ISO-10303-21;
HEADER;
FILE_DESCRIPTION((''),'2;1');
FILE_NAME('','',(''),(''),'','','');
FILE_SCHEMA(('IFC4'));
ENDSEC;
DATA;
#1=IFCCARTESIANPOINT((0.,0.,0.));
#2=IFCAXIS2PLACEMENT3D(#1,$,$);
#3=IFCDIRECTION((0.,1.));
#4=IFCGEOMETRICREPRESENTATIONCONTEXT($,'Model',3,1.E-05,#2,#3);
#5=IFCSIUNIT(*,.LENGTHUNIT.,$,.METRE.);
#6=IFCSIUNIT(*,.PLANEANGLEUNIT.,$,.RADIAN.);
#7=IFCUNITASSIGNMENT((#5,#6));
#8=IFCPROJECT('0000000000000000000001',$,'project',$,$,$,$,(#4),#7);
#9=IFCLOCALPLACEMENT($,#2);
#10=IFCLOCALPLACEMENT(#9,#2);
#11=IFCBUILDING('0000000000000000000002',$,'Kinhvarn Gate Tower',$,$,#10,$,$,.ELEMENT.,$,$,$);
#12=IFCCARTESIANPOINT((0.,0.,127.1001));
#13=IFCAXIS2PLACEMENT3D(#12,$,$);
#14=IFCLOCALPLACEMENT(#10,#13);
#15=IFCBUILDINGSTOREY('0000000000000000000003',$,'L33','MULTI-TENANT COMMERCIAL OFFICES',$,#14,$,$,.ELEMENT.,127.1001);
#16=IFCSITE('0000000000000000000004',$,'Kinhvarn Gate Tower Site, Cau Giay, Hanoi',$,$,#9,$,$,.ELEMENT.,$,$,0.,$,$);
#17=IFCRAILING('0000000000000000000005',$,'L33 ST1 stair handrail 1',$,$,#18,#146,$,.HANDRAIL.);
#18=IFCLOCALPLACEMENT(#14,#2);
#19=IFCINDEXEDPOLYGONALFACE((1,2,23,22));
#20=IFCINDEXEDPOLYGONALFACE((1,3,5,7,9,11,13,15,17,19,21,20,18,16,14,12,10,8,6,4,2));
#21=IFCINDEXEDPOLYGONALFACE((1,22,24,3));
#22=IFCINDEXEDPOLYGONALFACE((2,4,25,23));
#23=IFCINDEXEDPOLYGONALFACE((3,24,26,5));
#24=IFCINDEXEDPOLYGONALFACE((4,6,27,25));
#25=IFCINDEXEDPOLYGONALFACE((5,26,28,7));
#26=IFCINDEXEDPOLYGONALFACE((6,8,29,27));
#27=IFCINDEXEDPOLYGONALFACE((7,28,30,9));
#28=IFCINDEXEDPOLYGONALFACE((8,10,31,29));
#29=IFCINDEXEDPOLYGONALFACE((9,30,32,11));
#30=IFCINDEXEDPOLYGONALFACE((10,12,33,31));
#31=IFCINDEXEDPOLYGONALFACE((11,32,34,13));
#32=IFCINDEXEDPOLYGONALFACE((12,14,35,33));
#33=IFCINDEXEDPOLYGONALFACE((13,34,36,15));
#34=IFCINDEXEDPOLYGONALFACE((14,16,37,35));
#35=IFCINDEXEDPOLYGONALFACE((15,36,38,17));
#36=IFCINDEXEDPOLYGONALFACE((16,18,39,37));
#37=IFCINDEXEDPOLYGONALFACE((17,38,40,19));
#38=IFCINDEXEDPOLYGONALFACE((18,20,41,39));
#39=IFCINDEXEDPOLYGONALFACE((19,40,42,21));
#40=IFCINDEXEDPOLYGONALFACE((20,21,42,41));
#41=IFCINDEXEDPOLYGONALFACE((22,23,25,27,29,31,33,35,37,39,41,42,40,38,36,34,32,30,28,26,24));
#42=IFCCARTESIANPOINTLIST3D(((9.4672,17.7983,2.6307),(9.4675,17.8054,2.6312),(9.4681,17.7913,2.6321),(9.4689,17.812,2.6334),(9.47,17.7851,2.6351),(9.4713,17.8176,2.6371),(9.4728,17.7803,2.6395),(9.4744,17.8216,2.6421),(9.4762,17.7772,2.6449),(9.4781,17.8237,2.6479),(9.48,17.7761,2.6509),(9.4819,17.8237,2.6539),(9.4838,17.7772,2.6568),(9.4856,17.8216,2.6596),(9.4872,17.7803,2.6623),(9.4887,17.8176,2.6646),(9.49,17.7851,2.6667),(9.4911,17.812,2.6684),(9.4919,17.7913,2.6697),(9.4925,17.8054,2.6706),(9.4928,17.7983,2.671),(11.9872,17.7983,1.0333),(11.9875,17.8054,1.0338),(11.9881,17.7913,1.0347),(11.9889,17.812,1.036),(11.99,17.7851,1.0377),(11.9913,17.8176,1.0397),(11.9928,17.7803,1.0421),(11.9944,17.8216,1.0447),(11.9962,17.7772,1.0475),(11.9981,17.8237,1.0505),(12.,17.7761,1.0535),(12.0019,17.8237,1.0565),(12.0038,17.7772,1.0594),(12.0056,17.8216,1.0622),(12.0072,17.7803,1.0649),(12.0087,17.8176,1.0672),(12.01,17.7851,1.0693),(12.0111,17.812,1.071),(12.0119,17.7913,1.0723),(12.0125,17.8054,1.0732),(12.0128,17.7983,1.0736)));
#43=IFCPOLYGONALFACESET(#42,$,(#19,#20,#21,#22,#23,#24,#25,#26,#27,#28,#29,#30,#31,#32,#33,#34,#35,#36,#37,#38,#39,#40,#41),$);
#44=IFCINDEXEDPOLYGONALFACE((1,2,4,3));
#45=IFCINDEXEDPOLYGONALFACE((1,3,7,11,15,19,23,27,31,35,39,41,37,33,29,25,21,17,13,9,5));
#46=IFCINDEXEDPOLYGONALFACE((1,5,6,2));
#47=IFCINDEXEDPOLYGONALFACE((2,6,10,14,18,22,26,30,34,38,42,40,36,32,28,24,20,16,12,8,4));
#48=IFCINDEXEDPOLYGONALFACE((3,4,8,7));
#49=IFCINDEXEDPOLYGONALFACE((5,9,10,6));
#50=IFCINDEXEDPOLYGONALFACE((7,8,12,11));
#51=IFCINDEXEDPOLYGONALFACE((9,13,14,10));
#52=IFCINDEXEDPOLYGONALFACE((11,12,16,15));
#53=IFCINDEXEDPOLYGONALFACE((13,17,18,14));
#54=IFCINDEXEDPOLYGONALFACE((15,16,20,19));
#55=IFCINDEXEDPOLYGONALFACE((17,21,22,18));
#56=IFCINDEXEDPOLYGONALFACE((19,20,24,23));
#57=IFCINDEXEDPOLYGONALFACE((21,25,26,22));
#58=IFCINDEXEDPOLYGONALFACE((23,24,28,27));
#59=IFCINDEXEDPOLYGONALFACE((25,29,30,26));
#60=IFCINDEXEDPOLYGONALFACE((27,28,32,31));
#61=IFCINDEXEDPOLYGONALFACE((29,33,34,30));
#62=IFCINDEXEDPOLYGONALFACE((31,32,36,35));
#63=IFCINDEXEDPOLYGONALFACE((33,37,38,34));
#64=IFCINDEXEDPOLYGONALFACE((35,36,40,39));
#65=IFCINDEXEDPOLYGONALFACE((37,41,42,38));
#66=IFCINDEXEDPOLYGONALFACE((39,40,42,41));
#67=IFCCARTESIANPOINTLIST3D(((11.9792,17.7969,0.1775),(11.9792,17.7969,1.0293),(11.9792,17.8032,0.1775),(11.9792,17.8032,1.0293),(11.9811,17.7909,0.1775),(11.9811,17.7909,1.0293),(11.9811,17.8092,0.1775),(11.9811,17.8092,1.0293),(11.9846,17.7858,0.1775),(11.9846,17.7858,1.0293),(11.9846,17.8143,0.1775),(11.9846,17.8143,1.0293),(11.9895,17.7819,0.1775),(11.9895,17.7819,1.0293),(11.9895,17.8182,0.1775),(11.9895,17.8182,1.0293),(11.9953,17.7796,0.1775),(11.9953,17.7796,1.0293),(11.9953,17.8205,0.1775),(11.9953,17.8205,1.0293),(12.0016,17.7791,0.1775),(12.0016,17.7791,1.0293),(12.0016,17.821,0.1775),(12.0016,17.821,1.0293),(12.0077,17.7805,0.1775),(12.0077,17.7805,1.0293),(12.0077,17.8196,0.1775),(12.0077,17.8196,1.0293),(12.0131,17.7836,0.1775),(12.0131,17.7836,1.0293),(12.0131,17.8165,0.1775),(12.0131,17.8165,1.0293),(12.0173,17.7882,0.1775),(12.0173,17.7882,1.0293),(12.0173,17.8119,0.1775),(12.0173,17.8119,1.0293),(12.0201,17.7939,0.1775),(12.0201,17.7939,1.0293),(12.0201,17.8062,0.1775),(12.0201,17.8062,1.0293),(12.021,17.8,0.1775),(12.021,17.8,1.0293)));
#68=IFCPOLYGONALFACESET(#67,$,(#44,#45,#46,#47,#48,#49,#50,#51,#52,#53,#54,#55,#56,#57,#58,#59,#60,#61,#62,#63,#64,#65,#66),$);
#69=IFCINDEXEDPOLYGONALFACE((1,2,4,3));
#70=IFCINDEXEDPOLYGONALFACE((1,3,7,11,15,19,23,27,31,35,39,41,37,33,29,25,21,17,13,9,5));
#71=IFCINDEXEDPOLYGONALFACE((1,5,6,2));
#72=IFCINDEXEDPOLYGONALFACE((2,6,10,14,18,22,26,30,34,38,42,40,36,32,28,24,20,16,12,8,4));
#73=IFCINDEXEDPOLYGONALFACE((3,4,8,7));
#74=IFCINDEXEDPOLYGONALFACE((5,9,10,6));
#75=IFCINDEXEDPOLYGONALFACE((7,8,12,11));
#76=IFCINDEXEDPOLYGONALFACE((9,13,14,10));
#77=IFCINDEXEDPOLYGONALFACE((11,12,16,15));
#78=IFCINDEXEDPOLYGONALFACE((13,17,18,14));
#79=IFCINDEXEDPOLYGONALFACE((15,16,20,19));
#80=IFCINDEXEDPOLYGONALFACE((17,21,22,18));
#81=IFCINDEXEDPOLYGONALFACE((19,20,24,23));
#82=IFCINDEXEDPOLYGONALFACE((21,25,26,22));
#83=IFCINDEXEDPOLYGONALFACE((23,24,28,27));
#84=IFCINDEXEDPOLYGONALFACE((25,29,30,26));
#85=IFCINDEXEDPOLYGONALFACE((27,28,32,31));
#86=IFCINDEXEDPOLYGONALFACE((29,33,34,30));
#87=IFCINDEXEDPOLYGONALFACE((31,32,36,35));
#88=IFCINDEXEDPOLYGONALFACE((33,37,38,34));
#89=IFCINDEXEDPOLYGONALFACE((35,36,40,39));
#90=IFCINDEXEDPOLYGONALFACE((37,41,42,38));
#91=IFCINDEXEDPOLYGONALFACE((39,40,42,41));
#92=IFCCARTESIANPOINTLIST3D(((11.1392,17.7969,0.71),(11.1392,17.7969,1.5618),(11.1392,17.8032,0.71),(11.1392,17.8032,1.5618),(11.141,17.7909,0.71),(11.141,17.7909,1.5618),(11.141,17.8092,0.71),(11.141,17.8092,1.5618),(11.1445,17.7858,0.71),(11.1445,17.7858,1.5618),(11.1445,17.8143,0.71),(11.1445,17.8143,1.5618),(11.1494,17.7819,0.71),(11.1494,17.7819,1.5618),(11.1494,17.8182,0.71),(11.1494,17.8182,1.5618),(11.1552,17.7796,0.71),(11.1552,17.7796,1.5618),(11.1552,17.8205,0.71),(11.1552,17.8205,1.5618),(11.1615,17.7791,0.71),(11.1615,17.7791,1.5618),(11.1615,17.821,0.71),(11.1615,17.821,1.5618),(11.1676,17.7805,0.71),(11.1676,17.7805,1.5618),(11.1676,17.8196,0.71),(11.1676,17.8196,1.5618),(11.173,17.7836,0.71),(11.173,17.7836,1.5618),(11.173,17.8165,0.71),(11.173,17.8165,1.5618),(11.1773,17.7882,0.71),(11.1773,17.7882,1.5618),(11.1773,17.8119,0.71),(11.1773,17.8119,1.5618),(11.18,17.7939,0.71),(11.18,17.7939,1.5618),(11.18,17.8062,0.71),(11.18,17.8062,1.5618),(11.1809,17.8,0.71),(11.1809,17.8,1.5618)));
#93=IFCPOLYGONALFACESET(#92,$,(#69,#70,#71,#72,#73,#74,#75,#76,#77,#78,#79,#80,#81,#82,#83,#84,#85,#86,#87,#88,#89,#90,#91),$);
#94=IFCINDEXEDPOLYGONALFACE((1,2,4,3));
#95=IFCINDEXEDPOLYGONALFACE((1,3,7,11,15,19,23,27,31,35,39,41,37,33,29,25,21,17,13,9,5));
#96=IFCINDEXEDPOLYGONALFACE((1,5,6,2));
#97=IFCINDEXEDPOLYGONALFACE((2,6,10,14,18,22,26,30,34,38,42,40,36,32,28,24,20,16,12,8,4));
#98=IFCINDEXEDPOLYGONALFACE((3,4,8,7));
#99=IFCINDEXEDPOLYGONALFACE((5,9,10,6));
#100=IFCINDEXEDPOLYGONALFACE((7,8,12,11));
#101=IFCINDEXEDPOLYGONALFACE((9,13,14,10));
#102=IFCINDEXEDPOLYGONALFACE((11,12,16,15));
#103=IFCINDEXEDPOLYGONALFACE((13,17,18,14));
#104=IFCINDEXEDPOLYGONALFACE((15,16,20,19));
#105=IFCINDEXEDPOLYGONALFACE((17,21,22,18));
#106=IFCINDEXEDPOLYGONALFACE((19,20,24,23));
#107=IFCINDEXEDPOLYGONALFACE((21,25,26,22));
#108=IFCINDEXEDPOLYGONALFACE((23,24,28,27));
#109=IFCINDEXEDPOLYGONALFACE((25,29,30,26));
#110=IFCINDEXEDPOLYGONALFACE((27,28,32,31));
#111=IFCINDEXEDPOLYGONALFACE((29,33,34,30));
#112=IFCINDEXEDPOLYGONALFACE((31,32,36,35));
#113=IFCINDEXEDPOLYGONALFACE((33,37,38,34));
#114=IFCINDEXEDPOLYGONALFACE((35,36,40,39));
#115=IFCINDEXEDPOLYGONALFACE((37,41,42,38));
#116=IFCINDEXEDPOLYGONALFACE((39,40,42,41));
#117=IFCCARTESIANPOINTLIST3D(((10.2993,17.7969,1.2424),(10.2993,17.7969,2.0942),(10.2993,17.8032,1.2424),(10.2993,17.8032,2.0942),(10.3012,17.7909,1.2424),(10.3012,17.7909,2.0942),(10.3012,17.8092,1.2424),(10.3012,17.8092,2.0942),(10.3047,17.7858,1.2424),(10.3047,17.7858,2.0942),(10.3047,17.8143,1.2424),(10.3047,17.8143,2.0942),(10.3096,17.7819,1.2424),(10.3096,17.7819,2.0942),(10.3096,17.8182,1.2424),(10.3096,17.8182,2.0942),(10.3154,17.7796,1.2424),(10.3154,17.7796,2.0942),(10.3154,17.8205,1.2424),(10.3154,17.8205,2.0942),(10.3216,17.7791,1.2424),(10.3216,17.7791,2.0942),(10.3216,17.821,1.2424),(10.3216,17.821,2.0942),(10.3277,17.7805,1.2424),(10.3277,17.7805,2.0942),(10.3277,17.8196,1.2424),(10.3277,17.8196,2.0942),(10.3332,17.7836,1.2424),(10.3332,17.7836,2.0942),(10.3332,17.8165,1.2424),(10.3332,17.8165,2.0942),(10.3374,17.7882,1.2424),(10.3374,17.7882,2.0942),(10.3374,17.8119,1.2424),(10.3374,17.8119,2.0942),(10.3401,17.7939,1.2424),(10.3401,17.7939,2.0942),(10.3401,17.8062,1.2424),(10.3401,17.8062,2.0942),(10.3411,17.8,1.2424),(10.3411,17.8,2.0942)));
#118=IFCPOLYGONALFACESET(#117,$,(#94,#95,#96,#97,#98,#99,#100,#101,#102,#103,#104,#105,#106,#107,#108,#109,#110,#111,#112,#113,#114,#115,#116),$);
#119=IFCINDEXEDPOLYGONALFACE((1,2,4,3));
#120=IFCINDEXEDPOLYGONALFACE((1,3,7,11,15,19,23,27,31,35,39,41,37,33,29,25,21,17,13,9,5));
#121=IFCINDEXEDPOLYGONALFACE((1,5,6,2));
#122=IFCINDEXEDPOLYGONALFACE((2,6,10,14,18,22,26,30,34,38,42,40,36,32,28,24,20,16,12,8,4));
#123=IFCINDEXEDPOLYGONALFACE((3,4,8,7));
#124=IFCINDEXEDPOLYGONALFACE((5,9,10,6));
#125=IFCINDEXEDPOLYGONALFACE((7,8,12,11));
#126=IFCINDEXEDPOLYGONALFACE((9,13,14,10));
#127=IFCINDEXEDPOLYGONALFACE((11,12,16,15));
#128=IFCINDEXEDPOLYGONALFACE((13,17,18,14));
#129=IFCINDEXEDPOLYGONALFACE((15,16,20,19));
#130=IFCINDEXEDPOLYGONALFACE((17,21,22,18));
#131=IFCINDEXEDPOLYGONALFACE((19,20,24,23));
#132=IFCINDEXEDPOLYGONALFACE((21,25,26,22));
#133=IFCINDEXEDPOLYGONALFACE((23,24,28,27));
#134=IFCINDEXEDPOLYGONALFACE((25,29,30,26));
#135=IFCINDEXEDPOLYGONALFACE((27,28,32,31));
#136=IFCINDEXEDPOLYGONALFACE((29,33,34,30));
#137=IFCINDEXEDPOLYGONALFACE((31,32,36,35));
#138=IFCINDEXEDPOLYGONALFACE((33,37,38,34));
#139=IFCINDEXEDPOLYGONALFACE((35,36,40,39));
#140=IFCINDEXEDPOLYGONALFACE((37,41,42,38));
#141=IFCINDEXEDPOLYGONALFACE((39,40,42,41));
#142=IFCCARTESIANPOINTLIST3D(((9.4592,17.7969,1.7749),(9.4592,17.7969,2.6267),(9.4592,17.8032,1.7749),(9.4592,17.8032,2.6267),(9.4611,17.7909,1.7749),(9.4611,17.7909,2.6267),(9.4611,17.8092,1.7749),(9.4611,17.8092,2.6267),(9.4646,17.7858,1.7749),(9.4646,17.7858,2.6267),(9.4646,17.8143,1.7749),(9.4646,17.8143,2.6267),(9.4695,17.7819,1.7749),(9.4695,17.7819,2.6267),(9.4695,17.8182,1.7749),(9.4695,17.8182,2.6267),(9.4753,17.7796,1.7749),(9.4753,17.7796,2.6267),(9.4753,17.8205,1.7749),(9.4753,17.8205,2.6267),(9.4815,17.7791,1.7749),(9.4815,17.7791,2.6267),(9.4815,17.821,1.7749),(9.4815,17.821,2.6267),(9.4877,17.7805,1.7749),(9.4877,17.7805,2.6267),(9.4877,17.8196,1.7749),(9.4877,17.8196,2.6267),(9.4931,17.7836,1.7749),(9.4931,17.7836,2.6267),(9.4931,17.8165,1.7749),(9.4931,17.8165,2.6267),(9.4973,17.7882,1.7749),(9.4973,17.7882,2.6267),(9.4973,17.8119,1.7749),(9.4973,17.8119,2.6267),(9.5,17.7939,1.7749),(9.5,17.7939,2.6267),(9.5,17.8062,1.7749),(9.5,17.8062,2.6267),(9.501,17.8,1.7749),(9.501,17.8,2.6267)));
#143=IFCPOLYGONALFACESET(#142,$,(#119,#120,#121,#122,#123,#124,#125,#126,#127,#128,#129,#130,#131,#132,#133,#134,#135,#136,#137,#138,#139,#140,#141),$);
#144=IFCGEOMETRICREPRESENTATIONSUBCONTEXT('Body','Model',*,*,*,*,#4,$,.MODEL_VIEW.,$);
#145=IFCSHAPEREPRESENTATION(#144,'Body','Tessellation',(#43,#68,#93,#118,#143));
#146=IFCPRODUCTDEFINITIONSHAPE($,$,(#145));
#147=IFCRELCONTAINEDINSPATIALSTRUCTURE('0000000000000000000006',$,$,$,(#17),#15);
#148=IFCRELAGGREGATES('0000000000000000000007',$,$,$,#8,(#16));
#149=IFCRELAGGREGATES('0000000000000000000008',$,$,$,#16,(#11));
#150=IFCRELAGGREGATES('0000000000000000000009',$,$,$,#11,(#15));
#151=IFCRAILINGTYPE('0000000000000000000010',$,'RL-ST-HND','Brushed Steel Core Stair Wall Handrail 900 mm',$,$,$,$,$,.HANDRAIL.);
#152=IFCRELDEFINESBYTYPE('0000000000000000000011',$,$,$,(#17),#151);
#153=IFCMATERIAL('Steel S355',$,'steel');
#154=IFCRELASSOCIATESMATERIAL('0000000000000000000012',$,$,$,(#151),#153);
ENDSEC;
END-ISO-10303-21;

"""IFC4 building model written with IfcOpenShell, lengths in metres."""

from ifc_helpers import new_model, si_unit, direction, frame, origin, origin_2d, place, context, subcontext, project, spatial, circle, extrude, material, type_object, element, save


model = new_model("IFC4")

# Units and contexts
model_context = context("Model", 3, precision=1e-05, world=origin(), true_north=direction((0.0, 1.0)))
body_context = subcontext(model_context, "Body", "Model", "MODEL_VIEW")
ifc_project = project(units=[si_unit("LENGTHUNIT", "METRE"), si_unit("PLANEANGLEUNIT", "RADIAN")], contexts=[model_context])

# Site, building, storey
site_placement = place(None, origin())
site = spatial("IfcSite", under=ifc_project, at=site_placement, Name="Kinhvarn Gate Tower Site, Cau Giay, Hanoi", CompositionType="ELEMENT", RefElevation=0.0)
building_placement = place(site_placement, origin())
building = spatial("IfcBuilding", under=site, at=building_placement, Name="Kinhvarn Gate Tower", CompositionType="ELEMENT")
storey_placement = place(building_placement, frame((0.0, 0.0, 127.1001)))
storey = spatial("IfcBuildingStorey", under=building, at=storey_placement, Name="L33", Description="MULTI-TENANT COMMERCIAL OFFICES", CompositionType="ELEMENT", Elevation=127.1001)

# Shared definitions
ifc_material_1 = material(Name="Steel S355", Category="steel")

# Railing
railing_type_1 = type_object("IfcRailingType", Name="RL-ST-HND", Description="Brushed Steel Core Stair Wall Handrail 900 mm", PredefinedType="HANDRAIL", material=ifc_material_1)
railing_1_placement = place(storey_placement, frame((12.0, 17.8, 0.1775)))
element("IfcRailing", 1, at=railing_1_placement, inside=storey, type_object=railing_type_1, Name="L33 ST1 stair handrail 1", PredefinedType="HANDRAIL", context=body_context, shape_type="SweptSolid", body=[
    extrude(circle(Radius=0.0239, at=origin_2d()), frame((0.0, 0.0, 0.876), z_axis=(-0.844607, 0.0, 0.535387), x_axis=(0.0, -1.0, 0.0)), (0.0, 0.0, 1.0), 2.9836),
    extrude(circle(Radius=0.021, at=origin_2d()), origin(), (0.0, 0.0, 1.0), 0.8518),
    extrude(circle(Radius=0.021, at=origin_2d()), frame((-0.8401, 0.0, 0.5325)), (0.0, 0.0, 1.0), 0.8518),
    extrude(circle(Radius=0.021, at=origin_2d()), frame((-1.6799, 0.0, 1.0649)), (0.0, 0.0, 1.0), 0.8518),
    extrude(circle(Radius=0.021, at=origin_2d()), frame((-2.52, 0.0, 1.5974)), (0.0, 0.0, 1.0), 0.8518),
])

save(model, "model.ifc")
